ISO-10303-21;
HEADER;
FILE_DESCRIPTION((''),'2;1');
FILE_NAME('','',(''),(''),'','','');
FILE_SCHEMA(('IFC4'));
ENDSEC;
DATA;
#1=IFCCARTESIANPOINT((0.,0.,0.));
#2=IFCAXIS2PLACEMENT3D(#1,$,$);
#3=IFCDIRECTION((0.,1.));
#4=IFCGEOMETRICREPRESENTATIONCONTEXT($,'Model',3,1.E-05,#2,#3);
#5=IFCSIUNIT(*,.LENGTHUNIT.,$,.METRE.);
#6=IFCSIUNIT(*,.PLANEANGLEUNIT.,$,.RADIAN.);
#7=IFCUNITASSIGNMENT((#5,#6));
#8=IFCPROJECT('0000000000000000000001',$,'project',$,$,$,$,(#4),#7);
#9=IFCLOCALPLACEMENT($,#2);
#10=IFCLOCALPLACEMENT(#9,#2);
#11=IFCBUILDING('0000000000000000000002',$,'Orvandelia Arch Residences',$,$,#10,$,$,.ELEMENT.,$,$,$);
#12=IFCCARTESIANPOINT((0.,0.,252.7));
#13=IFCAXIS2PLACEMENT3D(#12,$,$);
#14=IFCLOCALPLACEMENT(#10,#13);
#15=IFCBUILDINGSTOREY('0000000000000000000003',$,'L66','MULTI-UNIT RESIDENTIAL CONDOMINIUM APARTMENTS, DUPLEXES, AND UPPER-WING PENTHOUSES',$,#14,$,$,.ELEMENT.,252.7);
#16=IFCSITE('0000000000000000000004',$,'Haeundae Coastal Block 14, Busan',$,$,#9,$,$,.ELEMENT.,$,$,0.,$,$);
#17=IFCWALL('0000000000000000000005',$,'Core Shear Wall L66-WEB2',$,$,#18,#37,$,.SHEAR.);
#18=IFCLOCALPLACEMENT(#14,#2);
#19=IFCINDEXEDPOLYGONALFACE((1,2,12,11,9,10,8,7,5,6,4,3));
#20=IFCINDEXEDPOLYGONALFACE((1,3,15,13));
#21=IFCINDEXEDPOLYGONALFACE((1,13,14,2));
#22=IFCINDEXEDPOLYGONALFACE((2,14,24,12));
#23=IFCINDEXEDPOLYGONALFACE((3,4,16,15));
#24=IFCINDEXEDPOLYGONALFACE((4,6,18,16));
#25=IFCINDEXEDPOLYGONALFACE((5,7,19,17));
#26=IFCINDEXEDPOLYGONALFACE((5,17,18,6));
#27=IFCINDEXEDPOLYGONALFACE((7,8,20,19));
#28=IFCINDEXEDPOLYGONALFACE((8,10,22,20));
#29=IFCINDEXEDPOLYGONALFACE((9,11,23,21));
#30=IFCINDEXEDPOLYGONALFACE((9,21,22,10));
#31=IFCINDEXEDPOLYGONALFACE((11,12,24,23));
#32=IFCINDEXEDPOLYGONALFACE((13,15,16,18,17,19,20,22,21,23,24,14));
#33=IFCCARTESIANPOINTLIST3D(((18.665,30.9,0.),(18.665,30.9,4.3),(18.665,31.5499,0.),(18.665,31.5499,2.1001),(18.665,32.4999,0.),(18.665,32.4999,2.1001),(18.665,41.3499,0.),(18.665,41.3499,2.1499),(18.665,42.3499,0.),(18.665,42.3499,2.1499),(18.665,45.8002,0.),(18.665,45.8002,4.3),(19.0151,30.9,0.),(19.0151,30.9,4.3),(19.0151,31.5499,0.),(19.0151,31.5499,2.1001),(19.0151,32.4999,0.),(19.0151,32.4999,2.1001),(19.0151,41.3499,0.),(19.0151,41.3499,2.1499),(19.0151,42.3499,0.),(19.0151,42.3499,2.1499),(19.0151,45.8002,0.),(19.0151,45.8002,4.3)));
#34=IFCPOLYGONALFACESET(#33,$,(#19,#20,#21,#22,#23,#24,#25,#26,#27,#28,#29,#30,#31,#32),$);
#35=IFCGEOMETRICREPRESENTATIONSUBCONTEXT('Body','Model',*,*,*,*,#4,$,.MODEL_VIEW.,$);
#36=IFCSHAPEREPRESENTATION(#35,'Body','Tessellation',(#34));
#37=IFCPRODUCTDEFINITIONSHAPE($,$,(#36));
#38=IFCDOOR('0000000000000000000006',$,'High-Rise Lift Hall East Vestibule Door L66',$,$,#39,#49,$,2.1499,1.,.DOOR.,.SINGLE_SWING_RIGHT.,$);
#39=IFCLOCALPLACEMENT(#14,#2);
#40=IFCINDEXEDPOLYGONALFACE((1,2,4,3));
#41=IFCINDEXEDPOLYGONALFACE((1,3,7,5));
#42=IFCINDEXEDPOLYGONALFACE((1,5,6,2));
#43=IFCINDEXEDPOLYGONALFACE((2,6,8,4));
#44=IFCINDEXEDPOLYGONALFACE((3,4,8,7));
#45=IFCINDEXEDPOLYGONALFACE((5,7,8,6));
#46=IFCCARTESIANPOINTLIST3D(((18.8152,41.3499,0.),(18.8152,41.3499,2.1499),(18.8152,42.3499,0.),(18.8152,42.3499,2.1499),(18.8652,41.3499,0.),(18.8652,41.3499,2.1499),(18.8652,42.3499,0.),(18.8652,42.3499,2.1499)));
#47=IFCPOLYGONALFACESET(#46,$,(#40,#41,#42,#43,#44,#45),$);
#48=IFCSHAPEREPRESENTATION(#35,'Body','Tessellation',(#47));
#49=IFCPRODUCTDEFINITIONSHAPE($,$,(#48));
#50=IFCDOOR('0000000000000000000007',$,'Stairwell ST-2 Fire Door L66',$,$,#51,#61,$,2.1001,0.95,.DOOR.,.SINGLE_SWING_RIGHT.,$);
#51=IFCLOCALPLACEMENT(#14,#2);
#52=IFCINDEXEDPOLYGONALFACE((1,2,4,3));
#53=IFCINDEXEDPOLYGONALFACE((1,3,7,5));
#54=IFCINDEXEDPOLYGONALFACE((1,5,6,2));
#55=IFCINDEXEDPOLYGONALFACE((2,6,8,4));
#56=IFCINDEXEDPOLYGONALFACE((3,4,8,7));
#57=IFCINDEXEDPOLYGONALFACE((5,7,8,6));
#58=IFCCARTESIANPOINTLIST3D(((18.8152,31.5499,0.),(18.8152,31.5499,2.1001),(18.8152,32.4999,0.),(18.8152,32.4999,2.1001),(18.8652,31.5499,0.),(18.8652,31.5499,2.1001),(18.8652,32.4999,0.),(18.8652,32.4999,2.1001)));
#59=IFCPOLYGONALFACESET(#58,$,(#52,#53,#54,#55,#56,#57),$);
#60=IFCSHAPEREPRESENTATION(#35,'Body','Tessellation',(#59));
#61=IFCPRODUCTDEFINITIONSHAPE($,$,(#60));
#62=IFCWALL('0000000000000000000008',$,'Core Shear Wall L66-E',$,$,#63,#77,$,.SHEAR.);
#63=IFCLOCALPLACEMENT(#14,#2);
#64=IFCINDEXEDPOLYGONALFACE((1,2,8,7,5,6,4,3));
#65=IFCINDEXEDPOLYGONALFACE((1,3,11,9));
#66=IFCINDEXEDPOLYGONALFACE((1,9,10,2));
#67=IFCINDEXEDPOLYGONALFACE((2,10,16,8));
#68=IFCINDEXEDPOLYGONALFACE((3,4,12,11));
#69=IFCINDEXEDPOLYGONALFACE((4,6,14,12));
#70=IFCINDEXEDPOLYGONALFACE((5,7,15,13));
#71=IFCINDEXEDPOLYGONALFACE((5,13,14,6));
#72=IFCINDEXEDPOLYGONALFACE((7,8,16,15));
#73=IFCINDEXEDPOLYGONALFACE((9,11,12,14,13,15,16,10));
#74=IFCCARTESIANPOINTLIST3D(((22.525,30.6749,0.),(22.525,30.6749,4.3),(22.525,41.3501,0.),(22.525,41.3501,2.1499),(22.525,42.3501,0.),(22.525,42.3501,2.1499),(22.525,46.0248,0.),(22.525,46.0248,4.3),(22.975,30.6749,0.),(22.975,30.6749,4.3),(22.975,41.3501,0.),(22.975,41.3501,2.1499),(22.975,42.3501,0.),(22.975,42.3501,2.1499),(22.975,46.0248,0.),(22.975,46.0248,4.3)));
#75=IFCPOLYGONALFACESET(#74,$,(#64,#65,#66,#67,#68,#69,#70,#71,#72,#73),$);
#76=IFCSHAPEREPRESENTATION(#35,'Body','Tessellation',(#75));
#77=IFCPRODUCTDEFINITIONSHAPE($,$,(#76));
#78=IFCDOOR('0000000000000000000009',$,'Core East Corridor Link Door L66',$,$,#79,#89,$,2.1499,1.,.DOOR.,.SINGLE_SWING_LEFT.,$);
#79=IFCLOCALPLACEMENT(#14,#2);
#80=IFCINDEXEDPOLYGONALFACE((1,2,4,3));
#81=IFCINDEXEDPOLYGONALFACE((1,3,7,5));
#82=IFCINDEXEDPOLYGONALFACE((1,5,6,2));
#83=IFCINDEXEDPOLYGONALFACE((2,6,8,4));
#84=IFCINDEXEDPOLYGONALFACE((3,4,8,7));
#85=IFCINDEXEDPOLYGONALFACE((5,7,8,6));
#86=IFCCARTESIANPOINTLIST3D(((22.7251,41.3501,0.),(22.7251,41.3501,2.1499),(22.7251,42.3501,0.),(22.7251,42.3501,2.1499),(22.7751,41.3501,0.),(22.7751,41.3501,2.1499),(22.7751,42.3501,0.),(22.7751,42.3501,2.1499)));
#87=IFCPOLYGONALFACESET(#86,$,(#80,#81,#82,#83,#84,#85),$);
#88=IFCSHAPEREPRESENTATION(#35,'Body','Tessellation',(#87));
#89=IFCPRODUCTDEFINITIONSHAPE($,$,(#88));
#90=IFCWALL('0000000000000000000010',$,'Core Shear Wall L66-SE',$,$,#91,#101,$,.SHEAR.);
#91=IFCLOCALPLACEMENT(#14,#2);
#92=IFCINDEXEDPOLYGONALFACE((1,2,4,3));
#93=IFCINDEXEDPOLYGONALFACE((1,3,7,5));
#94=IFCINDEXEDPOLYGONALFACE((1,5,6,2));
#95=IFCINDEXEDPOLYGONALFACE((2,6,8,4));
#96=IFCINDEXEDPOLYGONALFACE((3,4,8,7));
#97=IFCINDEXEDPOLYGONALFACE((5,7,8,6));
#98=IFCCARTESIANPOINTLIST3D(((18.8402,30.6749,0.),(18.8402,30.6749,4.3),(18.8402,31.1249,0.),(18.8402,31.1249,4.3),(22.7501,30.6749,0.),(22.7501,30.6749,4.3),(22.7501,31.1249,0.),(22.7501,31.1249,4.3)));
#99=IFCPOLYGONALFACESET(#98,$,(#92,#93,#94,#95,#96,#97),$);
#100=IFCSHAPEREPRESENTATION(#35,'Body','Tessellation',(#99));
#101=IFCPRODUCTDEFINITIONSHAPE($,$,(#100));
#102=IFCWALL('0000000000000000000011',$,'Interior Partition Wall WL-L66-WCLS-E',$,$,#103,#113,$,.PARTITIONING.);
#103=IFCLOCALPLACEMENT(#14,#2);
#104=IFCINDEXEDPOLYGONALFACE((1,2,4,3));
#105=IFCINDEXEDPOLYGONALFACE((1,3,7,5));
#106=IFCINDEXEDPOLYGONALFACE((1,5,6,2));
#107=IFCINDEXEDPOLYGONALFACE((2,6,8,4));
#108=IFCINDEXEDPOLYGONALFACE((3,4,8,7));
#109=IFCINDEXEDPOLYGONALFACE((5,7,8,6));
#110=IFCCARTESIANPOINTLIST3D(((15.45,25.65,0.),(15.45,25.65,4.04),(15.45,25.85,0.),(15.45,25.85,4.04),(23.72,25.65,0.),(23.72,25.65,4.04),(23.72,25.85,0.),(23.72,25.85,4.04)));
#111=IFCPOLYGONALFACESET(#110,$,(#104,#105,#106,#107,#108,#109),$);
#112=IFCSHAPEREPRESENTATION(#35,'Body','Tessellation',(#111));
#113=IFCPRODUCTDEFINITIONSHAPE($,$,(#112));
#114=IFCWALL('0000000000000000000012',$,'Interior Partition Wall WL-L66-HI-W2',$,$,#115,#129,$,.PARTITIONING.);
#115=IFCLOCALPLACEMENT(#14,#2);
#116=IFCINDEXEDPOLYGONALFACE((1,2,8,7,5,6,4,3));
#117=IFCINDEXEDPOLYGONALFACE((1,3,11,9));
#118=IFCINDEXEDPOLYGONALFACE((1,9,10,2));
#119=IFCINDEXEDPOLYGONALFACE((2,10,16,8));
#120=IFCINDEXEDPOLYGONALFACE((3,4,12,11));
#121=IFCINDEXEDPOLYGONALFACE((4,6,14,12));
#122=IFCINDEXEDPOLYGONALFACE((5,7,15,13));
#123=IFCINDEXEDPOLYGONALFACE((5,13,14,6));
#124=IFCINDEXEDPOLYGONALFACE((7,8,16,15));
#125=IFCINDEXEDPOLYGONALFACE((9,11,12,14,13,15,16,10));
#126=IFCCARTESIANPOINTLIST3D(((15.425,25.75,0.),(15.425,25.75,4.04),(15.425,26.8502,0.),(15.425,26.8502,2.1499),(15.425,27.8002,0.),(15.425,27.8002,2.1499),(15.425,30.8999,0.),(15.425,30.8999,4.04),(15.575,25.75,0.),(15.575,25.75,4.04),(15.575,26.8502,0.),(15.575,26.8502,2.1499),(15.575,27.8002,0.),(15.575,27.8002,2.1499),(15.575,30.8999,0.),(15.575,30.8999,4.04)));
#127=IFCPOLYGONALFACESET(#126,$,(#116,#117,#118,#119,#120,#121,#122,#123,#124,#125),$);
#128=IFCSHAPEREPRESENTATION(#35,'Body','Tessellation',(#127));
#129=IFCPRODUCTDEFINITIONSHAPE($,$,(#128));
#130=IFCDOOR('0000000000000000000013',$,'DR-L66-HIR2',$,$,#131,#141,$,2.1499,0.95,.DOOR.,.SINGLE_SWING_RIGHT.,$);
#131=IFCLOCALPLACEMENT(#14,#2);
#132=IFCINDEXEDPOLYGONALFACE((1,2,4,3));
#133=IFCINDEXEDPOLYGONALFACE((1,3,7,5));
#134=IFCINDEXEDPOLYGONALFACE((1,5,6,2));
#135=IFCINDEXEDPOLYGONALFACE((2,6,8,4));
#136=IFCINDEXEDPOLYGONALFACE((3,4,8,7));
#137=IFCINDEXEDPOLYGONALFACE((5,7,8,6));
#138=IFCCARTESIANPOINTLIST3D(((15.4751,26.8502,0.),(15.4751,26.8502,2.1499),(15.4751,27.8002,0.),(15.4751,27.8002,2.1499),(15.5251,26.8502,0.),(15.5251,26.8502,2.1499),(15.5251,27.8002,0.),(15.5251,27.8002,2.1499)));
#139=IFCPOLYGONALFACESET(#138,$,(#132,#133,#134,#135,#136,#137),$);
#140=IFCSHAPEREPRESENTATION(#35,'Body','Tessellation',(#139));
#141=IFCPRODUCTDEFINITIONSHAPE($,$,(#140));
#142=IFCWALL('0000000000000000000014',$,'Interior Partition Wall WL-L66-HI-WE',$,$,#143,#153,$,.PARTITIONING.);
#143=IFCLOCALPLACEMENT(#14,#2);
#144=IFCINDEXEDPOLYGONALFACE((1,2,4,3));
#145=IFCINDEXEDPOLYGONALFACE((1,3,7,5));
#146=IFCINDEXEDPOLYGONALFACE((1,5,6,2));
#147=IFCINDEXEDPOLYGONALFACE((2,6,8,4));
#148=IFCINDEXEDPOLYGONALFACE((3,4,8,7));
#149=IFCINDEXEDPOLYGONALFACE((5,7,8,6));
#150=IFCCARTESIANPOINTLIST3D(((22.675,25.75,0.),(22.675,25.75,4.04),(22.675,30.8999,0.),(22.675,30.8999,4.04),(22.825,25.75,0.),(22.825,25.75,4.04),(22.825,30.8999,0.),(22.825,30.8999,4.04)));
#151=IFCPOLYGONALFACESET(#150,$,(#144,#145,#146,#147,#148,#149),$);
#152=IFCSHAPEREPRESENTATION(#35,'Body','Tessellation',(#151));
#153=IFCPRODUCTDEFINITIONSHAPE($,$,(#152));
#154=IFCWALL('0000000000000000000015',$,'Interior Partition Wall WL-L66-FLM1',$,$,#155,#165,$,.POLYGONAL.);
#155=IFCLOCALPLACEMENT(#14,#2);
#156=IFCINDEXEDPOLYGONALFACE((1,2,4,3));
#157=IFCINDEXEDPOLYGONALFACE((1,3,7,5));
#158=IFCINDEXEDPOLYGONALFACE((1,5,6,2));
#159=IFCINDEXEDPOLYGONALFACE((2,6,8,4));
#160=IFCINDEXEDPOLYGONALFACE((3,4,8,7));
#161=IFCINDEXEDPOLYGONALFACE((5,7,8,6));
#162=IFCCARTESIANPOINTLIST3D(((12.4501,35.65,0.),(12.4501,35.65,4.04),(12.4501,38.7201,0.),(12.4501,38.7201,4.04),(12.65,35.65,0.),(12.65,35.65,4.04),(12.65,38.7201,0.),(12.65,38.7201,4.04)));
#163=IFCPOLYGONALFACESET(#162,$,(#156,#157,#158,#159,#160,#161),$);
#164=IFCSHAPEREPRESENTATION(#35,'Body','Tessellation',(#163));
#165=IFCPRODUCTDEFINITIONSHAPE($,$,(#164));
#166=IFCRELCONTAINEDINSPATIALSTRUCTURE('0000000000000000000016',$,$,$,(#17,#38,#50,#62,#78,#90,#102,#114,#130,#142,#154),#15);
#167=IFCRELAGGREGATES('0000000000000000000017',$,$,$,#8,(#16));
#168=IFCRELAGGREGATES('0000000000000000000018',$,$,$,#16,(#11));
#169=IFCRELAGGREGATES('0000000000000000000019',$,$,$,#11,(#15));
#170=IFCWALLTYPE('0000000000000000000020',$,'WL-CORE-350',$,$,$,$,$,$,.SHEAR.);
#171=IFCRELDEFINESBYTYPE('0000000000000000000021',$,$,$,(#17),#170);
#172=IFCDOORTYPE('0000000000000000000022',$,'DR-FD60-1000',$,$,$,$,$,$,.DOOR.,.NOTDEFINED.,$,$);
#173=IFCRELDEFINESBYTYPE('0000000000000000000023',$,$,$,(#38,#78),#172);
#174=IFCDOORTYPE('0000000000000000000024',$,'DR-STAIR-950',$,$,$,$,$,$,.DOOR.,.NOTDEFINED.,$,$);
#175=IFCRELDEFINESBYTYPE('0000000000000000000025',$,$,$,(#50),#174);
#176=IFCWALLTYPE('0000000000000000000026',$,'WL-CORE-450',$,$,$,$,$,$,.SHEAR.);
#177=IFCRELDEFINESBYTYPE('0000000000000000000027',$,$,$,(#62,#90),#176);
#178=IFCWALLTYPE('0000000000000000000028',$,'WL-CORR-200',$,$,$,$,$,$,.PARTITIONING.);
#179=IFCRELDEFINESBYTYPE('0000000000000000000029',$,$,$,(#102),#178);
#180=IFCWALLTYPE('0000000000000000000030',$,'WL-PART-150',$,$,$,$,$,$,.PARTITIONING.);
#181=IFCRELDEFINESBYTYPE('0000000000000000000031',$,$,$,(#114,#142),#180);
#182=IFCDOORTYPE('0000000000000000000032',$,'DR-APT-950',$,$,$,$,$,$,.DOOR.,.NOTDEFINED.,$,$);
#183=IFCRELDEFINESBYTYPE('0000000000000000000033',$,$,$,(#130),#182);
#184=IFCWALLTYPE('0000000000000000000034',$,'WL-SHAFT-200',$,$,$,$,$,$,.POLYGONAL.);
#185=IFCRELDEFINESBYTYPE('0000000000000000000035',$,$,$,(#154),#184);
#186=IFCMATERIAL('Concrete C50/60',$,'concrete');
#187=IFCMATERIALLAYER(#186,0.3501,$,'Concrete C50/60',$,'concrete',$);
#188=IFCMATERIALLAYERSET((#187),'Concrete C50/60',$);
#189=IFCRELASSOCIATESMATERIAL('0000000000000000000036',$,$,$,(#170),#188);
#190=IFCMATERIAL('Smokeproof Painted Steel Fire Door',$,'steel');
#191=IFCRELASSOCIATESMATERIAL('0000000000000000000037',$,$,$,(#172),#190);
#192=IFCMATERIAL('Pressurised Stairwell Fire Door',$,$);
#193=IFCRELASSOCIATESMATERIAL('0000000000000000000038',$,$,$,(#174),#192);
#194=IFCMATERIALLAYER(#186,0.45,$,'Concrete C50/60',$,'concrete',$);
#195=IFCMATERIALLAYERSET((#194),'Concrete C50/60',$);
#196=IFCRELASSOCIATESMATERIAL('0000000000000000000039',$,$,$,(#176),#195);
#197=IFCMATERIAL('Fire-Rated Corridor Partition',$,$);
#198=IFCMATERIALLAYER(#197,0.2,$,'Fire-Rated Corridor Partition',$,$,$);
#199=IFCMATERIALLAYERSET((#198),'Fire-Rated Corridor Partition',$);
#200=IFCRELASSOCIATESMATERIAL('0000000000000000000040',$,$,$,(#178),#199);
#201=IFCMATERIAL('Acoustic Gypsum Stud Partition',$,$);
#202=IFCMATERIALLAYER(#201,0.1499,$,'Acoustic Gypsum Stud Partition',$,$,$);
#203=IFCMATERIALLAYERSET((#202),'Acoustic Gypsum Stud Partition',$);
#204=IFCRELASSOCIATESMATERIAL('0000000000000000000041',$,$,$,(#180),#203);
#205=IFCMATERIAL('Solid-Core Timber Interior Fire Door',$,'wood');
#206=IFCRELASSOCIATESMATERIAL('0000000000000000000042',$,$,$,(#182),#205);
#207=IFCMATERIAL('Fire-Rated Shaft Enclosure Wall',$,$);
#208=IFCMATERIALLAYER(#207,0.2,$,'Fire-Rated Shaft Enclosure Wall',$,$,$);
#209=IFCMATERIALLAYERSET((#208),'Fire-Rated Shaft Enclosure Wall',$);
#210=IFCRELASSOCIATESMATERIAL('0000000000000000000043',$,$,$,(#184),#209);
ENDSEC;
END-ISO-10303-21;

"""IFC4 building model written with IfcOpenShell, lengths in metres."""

from ifc_helpers import new_model, si_unit, direction, frame, frame_2d, origin, place, context, subcontext, project, spatial, rectangle, extrude, material, layer, layer_set, type_object, element, fill, save


model = new_model("IFC4")

# Units and contexts
model_context = context("Model", 3, precision=1e-05, world=origin(), true_north=direction((0.0, 1.0)))
body_context = subcontext(model_context, "Body", "Model", "MODEL_VIEW")
ifc_project = project(units=[si_unit("LENGTHUNIT", "METRE"), si_unit("PLANEANGLEUNIT", "RADIAN")], contexts=[model_context])

# Site, building, storey
site_placement = place(None, origin())
site = spatial("IfcSite", under=ifc_project, at=site_placement, Name="Haeundae Coastal Block 14, Busan", CompositionType="ELEMENT", RefElevation=0.0)
building_placement = place(site_placement, origin())
building = spatial("IfcBuilding", under=site, at=building_placement, Name="Orvandelia Arch Residences", CompositionType="ELEMENT")
storey_placement = place(building_placement, frame((0.0, 0.0, 252.7)))
storey = spatial("IfcBuildingStorey", under=building, at=storey_placement, Name="L66", Description="MULTI-UNIT RESIDENTIAL CONDOMINIUM APARTMENTS, DUPLEXES, AND UPPER-WING PENTHOUSES", CompositionType="ELEMENT", Elevation=252.7)

# Shared definitions
ifc_material_1 = material(Name="Concrete C50/60", Category="concrete")

# Wall, openings, doors
ifc_layer_1 = layer(ifc_material_1, 0.3501, Name="Concrete C50/60", Category="concrete")
ifc_layer_set_1 = layer_set([ifc_layer_1], Name="Concrete C50/60")
wall_type_1 = type_object("IfcWallType", Name="WL-CORE-350", PredefinedType="SHEAR", material=ifc_layer_set_1)
wall_1_placement = place(storey_placement, frame((18.8401, 30.8999, 0.0), z_axis=(0.0, 0.0, 1.0), x_axis=(0.0, 1.0, 0.0)))
wall_1 = element("IfcWall", 1, at=wall_1_placement, inside=storey, type_object=wall_type_1, Name="Core Shear Wall L66-WEB2", PredefinedType="SHEAR", context=body_context, shape_type="SweptSolid", body=[
    extrude(rectangle(XDim=14.9001, YDim=0.3501, at=frame_2d((7.4502, 0.0))), origin(), (0.0, 0.0, 1.0), 4.3),
])
opening_1_placement = place(wall_1_placement, frame((0.6499, 0.0, 0.0)))
opening_1 = element("IfcOpeningElement", 2, at=opening_1_placement, cuts=wall_1, PredefinedType="OPENING", context=body_context, shape_type="SweptSolid", body=[
    extrude(rectangle(XDim=0.95, YDim=2.1001, at=frame_2d((0.4751, 1.05))), frame((0.0, 0.1851, 0.0), z_axis=(0.0, -1.0, 0.0), x_axis=(1.0, 0.0, 0.0)), (0.0, 0.0, 1.0), 0.3701),
])
opening_2_placement = place(wall_1_placement, frame((10.45, 0.0, 0.0)))
opening_2 = element("IfcOpeningElement", 3, at=opening_2_placement, cuts=wall_1, PredefinedType="OPENING", context=body_context, shape_type="SweptSolid", body=[
    extrude(rectangle(XDim=1.0, YDim=2.1499, at=frame_2d((0.5, 1.075))), frame((0.0, 0.1851, 0.0), z_axis=(0.0, -1.0, 0.0), x_axis=(1.0, 0.0, 0.0)), (0.0, 0.0, 1.0), 0.3701),
])
ifc_material_2 = material(Name="Smokeproof Painted Steel Fire Door", Category="steel")
door_type_1 = type_object("IfcDoorType", Name="DR-FD60-1000", OperationType="NOTDEFINED", PredefinedType="DOOR", material=ifc_material_2)
door_1_placement = place(opening_2_placement, origin())
door_1 = element("IfcDoor", 4, at=door_1_placement, inside=storey, type_object=door_type_1, Name="High-Rise Lift Hall East Vestibule Door L66", OperationType="SINGLE_SWING_RIGHT", OverallHeight=2.1499, OverallWidth=1.0, PredefinedType="DOOR", context=body_context, shape_type="SweptSolid", body=[
    extrude(rectangle(XDim=1.0, YDim=2.1499, at=frame_2d((0.5, 1.075))), frame((0.0, 0.0249, 0.0), z_axis=(0.0, -1.0, 0.0), x_axis=(1.0, 0.0, 0.0)), (0.0, 0.0, 1.0), 0.05),
])
fill(opening_2, door_1)
ifc_material_3 = material(Name="Pressurised Stairwell Fire Door")
door_type_2 = type_object("IfcDoorType", Name="DR-STAIR-950", OperationType="NOTDEFINED", PredefinedType="DOOR", material=ifc_material_3)
door_2_placement = place(opening_1_placement, origin())
door_2 = element("IfcDoor", 5, at=door_2_placement, inside=storey, type_object=door_type_2, Name="Stairwell ST-2 Fire Door L66", OperationType="SINGLE_SWING_RIGHT", OverallHeight=2.1001, OverallWidth=0.95, PredefinedType="DOOR", context=body_context, shape_type="SweptSolid", body=[
    extrude(rectangle(XDim=0.95, YDim=2.1001, at=frame_2d((0.4751, 1.05))), frame((0.0, 0.0249, 0.0), z_axis=(0.0, -1.0, 0.0), x_axis=(1.0, 0.0, 0.0)), (0.0, 0.0, 1.0), 0.05),
])
fill(opening_1, door_2)

# Wall, opening, door
ifc_layer_2 = layer(ifc_material_1, 0.45, Name="Concrete C50/60", Category="concrete")
ifc_layer_set_2 = layer_set([ifc_layer_2], Name="Concrete C50/60")
wall_type_2 = type_object("IfcWallType", Name="WL-CORE-450", PredefinedType="SHEAR", material=ifc_layer_set_2)
wall_2_placement = place(storey_placement, frame((22.75, 30.675, 0.0), z_axis=(0.0, 0.0, 1.0), x_axis=(0.0, 1.0, 0.0)))
wall_2 = element("IfcWall", 6, at=wall_2_placement, inside=storey, type_object=wall_type_2, Name="Core Shear Wall L66-E", PredefinedType="SHEAR", context=body_context, shape_type="SweptSolid", body=[
    extrude(rectangle(XDim=15.3499, YDim=0.45, at=frame_2d((7.6748, 0.0))), origin(), (0.0, 0.0, 1.0), 4.3),
])
opening_3_placement = place(wall_2_placement, frame((10.675, 0.0, 0.0)))
opening_3 = element("IfcOpeningElement", 7, at=opening_3_placement, cuts=wall_2, PredefinedType="OPENING", context=body_context, shape_type="SweptSolid", body=[
    extrude(rectangle(XDim=1.0, YDim=2.1499, at=frame_2d((0.5, 1.075))), frame((0.0, 0.2349, 0.0), z_axis=(0.0, -1.0, 0.0), x_axis=(1.0, 0.0, 0.0)), (0.0, 0.0, 1.0), 0.47),
])
door_3_placement = place(opening_3_placement, origin())
door_3 = element("IfcDoor", 8, at=door_3_placement, inside=storey, type_object=door_type_1, Name="Core East Corridor Link Door L66", OperationType="SINGLE_SWING_LEFT", OverallHeight=2.1499, OverallWidth=1.0, PredefinedType="DOOR", context=body_context, shape_type="SweptSolid", body=[
    extrude(rectangle(XDim=1.0, YDim=2.1499, at=frame_2d((0.5, 1.075))), frame((0.0, 0.0249, 0.0), z_axis=(0.0, -1.0, 0.0), x_axis=(1.0, 0.0, 0.0)), (0.0, 0.0, 1.0), 0.05),
])
fill(opening_3, door_3)

# Walls
wall_3_placement = place(storey_placement, frame((18.8401, 30.8999, 0.0), z_axis=(0.0, 0.0, 1.0), x_axis=(1.0, 0.0, 0.0)))
element("IfcWall", 9, at=wall_3_placement, inside=storey, type_object=wall_type_2, Name="Core Shear Wall L66-SE", PredefinedType="SHEAR", context=body_context, shape_type="SweptSolid", body=[
    extrude(rectangle(XDim=3.9099, YDim=0.45, at=frame_2d((1.9551, 0.0))), origin(), (0.0, 0.0, 1.0), 4.3),
])
ifc_material_4 = material(Name="Fire-Rated Corridor Partition")
ifc_layer_3 = layer(ifc_material_4, 0.2, Name="Fire-Rated Corridor Partition")
ifc_layer_set_3 = layer_set([ifc_layer_3], Name="Fire-Rated Corridor Partition")
wall_type_3 = type_object("IfcWallType", Name="WL-CORR-200", PredefinedType="PARTITIONING", material=ifc_layer_set_3)
wall_4_placement = place(storey_placement, frame((15.45, 25.75, 0.0), z_axis=(0.0, 0.0, 1.0), x_axis=(1.0, 0.0, 0.0)))
element("IfcWall", 10, at=wall_4_placement, inside=storey, type_object=wall_type_3, Name="Interior Partition Wall WL-L66-WCLS-E", PredefinedType="PARTITIONING", context=body_context, shape_type="SweptSolid", body=[
    extrude(rectangle(XDim=8.27, YDim=0.2, at=frame_2d((4.135, 0.0))), origin(), (0.0, 0.0, 1.0), 4.04),
])

# Wall, opening, door
ifc_material_5 = material(Name="Acoustic Gypsum Stud Partition")
ifc_layer_4 = layer(ifc_material_5, 0.1499, Name="Acoustic Gypsum Stud Partition")
ifc_layer_set_4 = layer_set([ifc_layer_4], Name="Acoustic Gypsum Stud Partition")
wall_type_4 = type_object("IfcWallType", Name="WL-PART-150", PredefinedType="PARTITIONING", material=ifc_layer_set_4)
wall_5_placement = place(storey_placement, frame((15.5, 25.75, 0.0), z_axis=(0.0, 0.0, 1.0), x_axis=(0.0, 1.0, 0.0)))
wall_5 = element("IfcWall", 11, at=wall_5_placement, inside=storey, type_object=wall_type_4, Name="Interior Partition Wall WL-L66-HI-W2", PredefinedType="PARTITIONING", context=body_context, shape_type="SweptSolid", body=[
    extrude(rectangle(XDim=5.1499, YDim=0.1499, at=frame_2d((2.575, 0.0))), origin(), (0.0, 0.0, 1.0), 4.04),
])
opening_4_placement = place(wall_5_placement, frame((1.1001, 0.0, 0.0)))
opening_4 = element("IfcOpeningElement", 12, at=opening_4_placement, cuts=wall_5, PredefinedType="OPENING", context=body_context, shape_type="SweptSolid", body=[
    extrude(rectangle(XDim=0.95, YDim=2.1499, at=frame_2d((0.4751, 1.075))), frame((0.0, 0.085, 0.0), z_axis=(0.0, -1.0, 0.0), x_axis=(1.0, 0.0, 0.0)), (0.0, 0.0, 1.0), 0.1699),
])
ifc_material_6 = material(Name="Solid-Core Timber Interior Fire Door", Category="wood")
door_type_3 = type_object("IfcDoorType", Name="DR-APT-950", OperationType="NOTDEFINED", PredefinedType="DOOR", material=ifc_material_6)
door_4_placement = place(opening_4_placement, origin())
door_4 = element("IfcDoor", 13, at=door_4_placement, inside=storey, type_object=door_type_3, Name="DR-L66-HIR2", OperationType="SINGLE_SWING_RIGHT", OverallHeight=2.1499, OverallWidth=0.95, PredefinedType="DOOR", context=body_context, shape_type="SweptSolid", body=[
    extrude(rectangle(XDim=0.95, YDim=2.1499, at=frame_2d((0.4751, 1.075))), frame((0.0, 0.0249, 0.0), z_axis=(0.0, -1.0, 0.0), x_axis=(1.0, 0.0, 0.0)), (0.0, 0.0, 1.0), 0.05),
])
fill(opening_4, door_4)

# Walls
wall_6_placement = place(storey_placement, frame((22.75, 25.75, 0.0), z_axis=(0.0, 0.0, 1.0), x_axis=(0.0, 1.0, 0.0)))
element("IfcWall", 14, at=wall_6_placement, inside=storey, type_object=wall_type_4, Name="Interior Partition Wall WL-L66-HI-WE", PredefinedType="PARTITIONING", context=body_context, shape_type="SweptSolid", body=[
    extrude(rectangle(XDim=5.1499, YDim=0.1499, at=frame_2d((2.575, 0.0))), origin(), (0.0, 0.0, 1.0), 4.04),
])
ifc_material_7 = material(Name="Fire-Rated Shaft Enclosure Wall")
ifc_layer_5 = layer(ifc_material_7, 0.2, Name="Fire-Rated Shaft Enclosure Wall")
ifc_layer_set_5 = layer_set([ifc_layer_5], Name="Fire-Rated Shaft Enclosure Wall")
wall_type_5 = type_object("IfcWallType", Name="WL-SHAFT-200", PredefinedType="POLYGONAL", material=ifc_layer_set_5)
for number, where, z_axis, x_axis, name in (
    (15, (12.55, 35.6499, 0.0), (0.0, 0.0, 1.0), (0.0, 1.0, 0.0), "Interior Partition Wall WL-L66-FLM1"),
):
    element("IfcWall", number, at=place(storey_placement, frame(where, z_axis=z_axis, x_axis=x_axis)), inside=storey, type_object=wall_type_5, Name=name, PredefinedType="POLYGONAL", context=body_context, shape_type="SweptSolid", body=[
        extrude(rectangle(XDim=3.0701, YDim=0.2, at=frame_2d((1.5352, 0.0))), origin(), (0.0, 0.0, 1.0), 4.04),
    ])

save(model, "model.ifc")
